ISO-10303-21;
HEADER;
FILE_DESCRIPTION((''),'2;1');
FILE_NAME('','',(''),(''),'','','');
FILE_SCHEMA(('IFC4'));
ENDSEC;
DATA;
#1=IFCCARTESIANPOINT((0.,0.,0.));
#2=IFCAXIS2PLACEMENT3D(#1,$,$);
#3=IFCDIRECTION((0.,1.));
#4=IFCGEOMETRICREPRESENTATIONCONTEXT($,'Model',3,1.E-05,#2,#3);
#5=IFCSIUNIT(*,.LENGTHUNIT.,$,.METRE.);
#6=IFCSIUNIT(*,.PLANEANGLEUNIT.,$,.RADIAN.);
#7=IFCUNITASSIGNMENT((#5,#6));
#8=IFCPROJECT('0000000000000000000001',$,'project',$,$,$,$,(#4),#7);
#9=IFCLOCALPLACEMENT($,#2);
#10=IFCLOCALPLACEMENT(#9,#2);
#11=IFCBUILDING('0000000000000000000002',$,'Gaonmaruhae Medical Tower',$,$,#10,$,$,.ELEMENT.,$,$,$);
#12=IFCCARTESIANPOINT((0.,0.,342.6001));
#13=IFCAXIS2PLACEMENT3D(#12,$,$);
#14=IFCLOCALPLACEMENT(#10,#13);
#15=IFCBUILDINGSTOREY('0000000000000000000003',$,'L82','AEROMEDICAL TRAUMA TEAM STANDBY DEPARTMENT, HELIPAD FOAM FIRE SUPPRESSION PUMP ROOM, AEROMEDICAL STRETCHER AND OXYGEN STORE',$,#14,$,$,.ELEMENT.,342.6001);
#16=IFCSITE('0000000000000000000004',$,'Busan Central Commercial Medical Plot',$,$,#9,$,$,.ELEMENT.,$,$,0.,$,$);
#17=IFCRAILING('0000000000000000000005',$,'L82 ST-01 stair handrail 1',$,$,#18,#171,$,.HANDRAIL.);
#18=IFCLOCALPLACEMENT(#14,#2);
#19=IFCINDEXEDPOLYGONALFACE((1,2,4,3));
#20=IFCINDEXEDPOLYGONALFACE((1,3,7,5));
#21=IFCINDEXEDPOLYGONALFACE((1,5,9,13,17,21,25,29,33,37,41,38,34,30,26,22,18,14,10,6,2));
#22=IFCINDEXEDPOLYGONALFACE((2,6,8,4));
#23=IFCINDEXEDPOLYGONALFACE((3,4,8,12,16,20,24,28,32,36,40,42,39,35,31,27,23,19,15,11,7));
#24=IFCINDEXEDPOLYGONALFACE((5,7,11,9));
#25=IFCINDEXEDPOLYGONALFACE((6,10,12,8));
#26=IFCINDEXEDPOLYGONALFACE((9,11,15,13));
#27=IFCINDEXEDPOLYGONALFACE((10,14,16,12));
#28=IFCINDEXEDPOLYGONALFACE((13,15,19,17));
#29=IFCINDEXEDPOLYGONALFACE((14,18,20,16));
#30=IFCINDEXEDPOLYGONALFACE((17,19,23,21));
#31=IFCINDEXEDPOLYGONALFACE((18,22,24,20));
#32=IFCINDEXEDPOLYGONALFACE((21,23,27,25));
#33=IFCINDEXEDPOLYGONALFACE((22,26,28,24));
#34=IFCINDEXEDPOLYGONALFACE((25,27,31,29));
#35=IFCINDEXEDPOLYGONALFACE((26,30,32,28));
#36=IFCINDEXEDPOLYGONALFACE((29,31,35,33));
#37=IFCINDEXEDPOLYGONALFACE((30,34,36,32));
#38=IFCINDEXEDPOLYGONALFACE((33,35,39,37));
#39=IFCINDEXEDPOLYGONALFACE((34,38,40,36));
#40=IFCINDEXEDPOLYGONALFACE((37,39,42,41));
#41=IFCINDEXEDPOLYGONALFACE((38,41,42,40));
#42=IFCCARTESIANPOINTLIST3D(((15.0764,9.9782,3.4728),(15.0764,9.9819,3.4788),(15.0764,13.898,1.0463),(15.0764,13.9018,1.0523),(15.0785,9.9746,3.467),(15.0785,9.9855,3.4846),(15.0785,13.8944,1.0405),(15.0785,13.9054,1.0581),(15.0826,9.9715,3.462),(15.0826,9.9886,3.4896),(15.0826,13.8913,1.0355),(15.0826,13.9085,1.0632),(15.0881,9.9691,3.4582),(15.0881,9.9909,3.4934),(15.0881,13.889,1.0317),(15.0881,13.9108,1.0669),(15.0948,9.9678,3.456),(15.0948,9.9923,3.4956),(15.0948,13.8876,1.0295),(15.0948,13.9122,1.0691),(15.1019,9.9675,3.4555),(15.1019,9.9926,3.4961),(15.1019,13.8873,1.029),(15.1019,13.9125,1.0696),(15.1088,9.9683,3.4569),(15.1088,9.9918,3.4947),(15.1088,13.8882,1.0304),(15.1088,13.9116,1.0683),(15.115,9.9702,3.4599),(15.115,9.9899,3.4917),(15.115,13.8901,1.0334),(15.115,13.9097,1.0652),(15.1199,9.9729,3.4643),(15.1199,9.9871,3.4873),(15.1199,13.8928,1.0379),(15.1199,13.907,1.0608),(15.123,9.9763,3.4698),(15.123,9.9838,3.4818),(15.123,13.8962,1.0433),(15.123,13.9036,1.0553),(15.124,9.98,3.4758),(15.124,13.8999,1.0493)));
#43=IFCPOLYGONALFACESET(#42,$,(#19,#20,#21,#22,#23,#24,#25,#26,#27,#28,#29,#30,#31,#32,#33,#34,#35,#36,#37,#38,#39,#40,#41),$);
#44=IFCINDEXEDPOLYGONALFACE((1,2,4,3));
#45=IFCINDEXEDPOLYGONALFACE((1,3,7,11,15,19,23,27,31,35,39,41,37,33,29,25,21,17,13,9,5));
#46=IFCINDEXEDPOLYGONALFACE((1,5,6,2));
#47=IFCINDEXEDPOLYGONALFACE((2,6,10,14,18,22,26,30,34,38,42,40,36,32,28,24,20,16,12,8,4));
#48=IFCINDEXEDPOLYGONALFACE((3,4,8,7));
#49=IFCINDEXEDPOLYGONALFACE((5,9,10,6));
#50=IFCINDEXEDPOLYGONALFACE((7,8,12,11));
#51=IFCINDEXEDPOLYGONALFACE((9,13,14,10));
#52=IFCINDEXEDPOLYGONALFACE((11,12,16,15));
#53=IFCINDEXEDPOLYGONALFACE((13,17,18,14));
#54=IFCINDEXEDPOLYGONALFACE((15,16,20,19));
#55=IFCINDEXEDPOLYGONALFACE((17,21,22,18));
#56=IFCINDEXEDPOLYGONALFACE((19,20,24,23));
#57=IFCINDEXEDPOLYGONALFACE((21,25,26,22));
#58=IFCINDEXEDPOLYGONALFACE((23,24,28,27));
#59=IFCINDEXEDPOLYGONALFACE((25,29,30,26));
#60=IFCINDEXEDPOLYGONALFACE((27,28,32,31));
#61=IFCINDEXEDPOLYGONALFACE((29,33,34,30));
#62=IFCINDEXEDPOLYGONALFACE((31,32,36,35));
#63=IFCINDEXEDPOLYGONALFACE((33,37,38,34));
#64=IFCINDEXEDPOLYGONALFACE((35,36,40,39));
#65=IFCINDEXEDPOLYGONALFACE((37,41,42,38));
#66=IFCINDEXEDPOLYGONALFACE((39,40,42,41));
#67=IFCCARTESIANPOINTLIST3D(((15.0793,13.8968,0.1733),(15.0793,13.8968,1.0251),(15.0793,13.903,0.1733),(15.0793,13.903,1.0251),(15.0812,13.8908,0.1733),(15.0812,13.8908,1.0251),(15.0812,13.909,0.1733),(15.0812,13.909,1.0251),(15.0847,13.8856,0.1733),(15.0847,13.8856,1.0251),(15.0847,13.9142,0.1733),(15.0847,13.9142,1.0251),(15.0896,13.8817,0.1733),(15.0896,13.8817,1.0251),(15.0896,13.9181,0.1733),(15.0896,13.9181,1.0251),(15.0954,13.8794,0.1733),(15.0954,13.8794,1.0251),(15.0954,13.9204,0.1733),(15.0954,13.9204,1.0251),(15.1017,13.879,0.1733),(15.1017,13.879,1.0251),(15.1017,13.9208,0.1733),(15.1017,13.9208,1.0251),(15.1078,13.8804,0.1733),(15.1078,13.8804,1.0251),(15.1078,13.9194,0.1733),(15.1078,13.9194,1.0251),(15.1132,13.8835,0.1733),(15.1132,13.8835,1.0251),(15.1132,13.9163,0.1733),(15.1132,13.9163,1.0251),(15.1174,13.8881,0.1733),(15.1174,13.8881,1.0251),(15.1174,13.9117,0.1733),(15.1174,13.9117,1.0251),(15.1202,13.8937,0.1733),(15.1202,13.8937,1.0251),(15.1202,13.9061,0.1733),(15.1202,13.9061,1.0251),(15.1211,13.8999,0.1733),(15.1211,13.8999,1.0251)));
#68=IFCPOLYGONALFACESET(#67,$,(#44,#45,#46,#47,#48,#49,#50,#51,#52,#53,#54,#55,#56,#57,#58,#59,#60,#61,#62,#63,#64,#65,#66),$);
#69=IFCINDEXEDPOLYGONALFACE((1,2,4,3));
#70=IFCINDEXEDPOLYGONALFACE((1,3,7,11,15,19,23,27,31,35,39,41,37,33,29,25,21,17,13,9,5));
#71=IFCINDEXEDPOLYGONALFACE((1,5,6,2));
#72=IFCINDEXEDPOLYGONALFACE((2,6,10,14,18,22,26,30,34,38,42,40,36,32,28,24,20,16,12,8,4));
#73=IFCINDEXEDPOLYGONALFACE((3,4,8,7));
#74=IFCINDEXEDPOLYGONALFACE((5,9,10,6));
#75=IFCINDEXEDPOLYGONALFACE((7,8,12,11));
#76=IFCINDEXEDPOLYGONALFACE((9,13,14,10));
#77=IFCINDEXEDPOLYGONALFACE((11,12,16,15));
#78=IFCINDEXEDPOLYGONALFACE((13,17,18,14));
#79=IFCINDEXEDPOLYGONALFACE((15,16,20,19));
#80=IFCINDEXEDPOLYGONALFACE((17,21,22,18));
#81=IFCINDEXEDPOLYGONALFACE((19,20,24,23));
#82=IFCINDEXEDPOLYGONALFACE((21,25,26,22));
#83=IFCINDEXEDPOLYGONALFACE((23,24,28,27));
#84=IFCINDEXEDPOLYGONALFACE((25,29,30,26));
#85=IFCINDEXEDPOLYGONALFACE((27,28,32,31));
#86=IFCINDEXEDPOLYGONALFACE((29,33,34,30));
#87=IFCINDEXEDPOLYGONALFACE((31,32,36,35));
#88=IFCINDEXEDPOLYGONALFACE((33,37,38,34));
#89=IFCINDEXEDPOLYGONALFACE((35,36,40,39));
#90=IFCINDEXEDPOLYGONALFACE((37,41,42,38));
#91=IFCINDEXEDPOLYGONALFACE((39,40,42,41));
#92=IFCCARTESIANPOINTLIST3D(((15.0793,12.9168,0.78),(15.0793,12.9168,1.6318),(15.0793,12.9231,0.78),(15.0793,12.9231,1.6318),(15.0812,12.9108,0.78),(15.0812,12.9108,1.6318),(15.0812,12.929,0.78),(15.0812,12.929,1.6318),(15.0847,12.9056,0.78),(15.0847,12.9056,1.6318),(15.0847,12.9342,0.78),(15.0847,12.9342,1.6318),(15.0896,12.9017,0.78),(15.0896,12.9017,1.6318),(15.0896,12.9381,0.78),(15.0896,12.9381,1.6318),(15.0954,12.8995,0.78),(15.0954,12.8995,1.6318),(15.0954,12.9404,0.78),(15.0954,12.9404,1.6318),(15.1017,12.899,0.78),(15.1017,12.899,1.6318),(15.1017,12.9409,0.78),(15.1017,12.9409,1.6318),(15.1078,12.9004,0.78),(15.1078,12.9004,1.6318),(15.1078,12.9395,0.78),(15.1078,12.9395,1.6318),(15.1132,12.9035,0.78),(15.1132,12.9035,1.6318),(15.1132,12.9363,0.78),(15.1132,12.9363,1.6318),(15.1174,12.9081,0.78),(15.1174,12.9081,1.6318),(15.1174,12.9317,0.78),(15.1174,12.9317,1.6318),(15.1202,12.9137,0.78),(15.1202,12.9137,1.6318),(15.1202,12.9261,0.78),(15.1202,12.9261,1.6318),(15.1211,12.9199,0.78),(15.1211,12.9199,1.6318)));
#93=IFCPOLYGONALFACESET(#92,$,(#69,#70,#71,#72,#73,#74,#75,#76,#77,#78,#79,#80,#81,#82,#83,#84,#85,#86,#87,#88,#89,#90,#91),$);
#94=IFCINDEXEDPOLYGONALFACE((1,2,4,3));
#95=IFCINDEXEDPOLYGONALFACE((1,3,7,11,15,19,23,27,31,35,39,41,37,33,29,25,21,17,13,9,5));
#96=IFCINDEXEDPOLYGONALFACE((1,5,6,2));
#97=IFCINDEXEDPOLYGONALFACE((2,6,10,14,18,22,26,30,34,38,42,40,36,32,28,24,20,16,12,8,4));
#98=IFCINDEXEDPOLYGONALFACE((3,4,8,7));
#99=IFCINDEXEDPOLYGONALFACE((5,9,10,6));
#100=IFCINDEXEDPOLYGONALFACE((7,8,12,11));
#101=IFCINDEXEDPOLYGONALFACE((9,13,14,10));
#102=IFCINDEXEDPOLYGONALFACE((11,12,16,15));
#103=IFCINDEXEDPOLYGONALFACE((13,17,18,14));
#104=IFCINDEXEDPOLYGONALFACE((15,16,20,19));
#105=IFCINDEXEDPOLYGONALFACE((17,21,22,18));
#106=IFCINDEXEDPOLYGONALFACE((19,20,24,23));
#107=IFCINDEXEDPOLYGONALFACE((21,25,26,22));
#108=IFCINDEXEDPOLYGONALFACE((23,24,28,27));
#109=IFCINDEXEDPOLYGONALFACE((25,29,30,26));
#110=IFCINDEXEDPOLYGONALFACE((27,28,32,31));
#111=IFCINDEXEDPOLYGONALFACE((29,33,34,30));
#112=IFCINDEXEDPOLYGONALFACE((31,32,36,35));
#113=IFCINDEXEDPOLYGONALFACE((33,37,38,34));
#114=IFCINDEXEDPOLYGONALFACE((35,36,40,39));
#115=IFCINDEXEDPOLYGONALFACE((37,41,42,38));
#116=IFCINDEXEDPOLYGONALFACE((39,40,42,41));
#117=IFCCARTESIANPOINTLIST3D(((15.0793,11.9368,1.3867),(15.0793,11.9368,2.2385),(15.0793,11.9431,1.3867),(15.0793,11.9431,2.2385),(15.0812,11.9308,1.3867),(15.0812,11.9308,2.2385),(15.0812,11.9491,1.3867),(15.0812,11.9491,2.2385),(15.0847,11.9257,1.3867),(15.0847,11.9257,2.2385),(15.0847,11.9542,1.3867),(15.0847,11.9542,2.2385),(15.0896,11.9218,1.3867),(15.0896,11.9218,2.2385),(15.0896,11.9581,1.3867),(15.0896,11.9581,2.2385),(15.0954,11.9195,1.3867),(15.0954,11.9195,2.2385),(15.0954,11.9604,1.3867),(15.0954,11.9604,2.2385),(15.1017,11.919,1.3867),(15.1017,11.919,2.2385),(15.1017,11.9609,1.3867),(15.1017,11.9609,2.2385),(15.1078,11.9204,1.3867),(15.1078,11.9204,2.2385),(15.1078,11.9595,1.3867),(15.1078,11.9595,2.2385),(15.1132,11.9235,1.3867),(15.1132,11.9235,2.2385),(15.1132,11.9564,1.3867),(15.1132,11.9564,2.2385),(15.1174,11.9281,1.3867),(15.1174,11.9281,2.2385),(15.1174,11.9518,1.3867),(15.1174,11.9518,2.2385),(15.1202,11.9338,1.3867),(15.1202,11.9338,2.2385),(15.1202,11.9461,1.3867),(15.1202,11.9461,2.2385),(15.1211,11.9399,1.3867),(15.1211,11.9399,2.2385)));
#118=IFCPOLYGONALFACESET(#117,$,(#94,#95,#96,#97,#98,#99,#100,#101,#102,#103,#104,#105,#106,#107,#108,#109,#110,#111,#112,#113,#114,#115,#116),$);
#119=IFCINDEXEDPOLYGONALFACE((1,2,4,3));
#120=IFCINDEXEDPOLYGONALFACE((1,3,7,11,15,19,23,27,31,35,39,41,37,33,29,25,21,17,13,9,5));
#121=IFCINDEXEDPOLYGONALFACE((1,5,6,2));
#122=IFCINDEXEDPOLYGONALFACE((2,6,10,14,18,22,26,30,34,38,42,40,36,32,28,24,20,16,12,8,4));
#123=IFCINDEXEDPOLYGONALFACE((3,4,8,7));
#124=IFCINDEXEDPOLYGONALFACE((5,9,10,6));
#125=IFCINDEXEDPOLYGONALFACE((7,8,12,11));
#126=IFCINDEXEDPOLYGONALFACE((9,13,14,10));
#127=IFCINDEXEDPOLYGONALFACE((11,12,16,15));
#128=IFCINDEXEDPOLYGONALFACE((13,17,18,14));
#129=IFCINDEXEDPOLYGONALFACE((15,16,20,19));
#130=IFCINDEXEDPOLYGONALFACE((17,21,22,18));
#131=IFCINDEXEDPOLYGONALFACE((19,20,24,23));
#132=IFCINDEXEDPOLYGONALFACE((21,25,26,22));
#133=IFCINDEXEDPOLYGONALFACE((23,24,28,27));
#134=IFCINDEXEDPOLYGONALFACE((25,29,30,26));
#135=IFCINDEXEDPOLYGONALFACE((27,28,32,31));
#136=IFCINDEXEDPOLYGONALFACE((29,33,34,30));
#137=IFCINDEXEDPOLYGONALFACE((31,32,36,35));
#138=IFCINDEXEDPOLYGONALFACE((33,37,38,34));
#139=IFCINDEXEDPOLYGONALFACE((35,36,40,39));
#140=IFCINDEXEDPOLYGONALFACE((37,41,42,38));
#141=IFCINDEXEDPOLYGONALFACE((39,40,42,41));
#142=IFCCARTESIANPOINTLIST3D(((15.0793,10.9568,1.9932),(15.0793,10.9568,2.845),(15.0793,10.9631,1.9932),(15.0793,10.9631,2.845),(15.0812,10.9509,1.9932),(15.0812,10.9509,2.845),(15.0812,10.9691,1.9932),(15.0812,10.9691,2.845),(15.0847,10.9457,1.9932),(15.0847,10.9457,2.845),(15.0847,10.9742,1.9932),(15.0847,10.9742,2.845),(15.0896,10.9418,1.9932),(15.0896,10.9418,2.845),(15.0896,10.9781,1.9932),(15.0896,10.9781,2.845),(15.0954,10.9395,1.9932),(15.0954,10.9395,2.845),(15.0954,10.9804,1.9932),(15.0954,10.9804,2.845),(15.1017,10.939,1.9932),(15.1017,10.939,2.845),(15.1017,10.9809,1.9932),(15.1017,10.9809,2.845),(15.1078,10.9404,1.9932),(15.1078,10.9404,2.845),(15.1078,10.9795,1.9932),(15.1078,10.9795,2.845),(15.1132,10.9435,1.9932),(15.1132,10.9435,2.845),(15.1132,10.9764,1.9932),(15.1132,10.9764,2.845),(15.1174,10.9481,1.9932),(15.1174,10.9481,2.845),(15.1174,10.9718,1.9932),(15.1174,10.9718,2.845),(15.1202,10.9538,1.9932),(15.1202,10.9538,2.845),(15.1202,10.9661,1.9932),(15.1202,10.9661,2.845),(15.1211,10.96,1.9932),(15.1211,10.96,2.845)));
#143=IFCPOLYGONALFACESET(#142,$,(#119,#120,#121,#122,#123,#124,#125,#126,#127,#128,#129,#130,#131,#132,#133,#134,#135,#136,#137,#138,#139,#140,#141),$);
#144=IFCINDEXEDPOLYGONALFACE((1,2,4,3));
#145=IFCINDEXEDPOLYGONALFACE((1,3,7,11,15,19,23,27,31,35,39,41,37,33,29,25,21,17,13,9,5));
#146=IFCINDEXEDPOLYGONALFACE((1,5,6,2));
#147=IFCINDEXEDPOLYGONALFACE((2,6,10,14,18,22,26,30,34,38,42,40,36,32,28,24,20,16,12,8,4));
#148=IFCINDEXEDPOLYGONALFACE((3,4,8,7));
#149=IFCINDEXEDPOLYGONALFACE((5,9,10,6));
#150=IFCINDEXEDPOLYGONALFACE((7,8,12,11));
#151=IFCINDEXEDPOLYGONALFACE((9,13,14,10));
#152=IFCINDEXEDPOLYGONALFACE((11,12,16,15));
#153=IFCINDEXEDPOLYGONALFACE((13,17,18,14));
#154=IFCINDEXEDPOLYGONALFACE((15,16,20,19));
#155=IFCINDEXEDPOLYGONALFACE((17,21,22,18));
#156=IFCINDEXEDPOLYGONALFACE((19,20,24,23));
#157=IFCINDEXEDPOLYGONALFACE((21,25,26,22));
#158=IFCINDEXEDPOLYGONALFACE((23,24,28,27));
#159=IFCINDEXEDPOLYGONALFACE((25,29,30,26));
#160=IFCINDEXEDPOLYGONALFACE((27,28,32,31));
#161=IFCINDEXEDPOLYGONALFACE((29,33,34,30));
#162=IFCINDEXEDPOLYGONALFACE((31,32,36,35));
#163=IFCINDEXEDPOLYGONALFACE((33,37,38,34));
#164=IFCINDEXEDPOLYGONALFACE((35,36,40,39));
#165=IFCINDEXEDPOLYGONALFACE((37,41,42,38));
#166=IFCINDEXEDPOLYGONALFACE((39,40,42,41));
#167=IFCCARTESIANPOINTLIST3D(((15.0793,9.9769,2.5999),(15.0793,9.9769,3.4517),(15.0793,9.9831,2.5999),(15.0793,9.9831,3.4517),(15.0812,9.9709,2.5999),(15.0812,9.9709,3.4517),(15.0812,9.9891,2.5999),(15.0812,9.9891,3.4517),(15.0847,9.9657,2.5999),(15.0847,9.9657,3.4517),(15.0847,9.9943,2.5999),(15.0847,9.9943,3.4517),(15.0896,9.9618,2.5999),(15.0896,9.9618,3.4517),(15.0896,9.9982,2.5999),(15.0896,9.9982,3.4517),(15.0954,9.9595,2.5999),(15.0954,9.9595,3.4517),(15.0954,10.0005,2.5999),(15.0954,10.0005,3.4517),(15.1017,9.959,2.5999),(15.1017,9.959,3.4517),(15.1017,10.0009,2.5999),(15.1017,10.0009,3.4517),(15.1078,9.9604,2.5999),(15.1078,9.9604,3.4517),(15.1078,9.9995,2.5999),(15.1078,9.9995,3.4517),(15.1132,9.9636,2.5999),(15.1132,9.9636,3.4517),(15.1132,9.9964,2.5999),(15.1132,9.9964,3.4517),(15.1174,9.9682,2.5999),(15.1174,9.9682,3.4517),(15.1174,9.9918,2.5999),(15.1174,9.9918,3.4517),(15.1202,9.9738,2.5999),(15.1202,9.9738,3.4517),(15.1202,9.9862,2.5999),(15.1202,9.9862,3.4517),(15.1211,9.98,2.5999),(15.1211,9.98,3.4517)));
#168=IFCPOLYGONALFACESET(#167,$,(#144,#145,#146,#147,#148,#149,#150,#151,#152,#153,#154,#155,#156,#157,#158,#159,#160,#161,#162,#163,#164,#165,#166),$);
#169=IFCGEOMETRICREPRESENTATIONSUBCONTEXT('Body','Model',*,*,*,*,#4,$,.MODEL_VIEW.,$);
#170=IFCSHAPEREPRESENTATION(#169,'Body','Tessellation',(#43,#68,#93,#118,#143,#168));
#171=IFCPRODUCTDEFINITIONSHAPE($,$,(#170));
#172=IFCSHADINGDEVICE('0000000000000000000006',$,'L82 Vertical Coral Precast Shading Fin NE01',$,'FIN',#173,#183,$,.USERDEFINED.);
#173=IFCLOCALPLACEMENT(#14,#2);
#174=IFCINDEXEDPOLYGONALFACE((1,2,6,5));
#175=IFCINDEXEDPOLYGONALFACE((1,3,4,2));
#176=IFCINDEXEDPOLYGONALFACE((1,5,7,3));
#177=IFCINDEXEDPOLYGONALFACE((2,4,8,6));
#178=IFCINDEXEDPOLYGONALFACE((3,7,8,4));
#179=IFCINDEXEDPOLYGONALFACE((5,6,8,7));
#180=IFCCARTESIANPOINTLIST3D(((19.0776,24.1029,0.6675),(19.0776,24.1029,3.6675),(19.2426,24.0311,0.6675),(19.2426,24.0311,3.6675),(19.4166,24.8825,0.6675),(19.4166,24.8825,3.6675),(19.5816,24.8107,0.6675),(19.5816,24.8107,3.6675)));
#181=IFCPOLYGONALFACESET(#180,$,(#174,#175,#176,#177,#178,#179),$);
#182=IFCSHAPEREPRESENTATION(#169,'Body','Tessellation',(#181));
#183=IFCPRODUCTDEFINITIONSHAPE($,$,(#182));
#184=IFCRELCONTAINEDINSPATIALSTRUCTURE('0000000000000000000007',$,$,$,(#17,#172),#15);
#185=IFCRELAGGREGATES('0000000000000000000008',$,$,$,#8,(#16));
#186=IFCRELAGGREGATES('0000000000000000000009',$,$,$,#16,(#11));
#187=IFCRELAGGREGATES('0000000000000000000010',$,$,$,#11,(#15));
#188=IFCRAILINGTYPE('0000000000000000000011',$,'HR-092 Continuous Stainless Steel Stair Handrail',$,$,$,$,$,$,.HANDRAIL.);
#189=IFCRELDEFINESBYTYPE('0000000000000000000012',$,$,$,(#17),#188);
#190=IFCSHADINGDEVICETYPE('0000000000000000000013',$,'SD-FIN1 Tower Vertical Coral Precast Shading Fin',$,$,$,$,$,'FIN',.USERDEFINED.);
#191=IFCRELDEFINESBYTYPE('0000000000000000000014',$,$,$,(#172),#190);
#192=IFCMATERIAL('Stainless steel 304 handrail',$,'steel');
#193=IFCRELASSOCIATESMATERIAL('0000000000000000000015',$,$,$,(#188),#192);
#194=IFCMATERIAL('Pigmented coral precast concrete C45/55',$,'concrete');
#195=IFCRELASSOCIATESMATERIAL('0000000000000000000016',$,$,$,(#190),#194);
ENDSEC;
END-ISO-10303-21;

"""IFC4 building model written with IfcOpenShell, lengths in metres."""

from ifc_helpers import new_model, si_unit, direction, frame, origin, origin_2d, place, context, subcontext, project, spatial, rectangle, circle, extrude, material, type_object, element, save


model = new_model("IFC4")

# Units and contexts
model_context = context("Model", 3, precision=1e-05, world=origin(), true_north=direction((0.0, 1.0)))
body_context = subcontext(model_context, "Body", "Model", "MODEL_VIEW")
ifc_project = project(units=[si_unit("LENGTHUNIT", "METRE"), si_unit("PLANEANGLEUNIT", "RADIAN")], contexts=[model_context])

# Site, building, storey
site_placement = place(None, origin())
site = spatial("IfcSite", under=ifc_project, at=site_placement, Name="Busan Central Commercial Medical Plot", CompositionType="ELEMENT", RefElevation=0.0)
building_placement = place(site_placement, origin())
building = spatial("IfcBuilding", under=site, at=building_placement, Name="Gaonmaruhae Medical Tower", CompositionType="ELEMENT")
storey_placement = place(building_placement, frame((0.0, 0.0, 342.6001)))
storey = spatial("IfcBuildingStorey", under=building, at=storey_placement, Name="L82", Description="AEROMEDICAL TRAUMA TEAM STANDBY DEPARTMENT, HELIPAD FOAM FIRE SUPPRESSION PUMP ROOM, AEROMEDICAL STRETCHER AND OXYGEN STORE", CompositionType="ELEMENT", Elevation=342.6001)

# Railing
ifc_material_1 = material(Name="Stainless steel 304 handrail", Category="steel")
railing_type_1 = type_object("IfcRailingType", Name="HR-092 Continuous Stainless Steel Stair Handrail", PredefinedType="HANDRAIL", material=ifc_material_1)
railing_1_placement = place(storey_placement, frame((15.1001, 13.8999, 0.1733)))
element("IfcRailing", 1, at=railing_1_placement, inside=storey, type_object=railing_type_1, Name="L82 ST-01 stair handrail 1", PredefinedType="HANDRAIL", context=body_context, shape_type="SweptSolid", body=[
    extrude(circle(Radius=0.0239, at=origin_2d()), frame((0.0, 0.0, 0.876), z_axis=(0.0, -0.850275, 0.526338), x_axis=(1.0, 0.0, 0.0)), (0.0, 0.0, 1.0), 4.6101),
    extrude(circle(Radius=0.021, at=origin_2d()), origin(), (0.0, 0.0, 1.0), 0.8518),
    extrude(circle(Radius=0.021, at=origin_2d()), frame((0.0, -0.98, 0.6067)), (0.0, 0.0, 1.0), 0.8518),
    extrude(circle(Radius=0.021, at=origin_2d()), frame((0.0, -1.96, 1.2134)), (0.0, 0.0, 1.0), 0.8518),
    extrude(circle(Radius=0.021, at=origin_2d()), frame((0.0, -2.9399, 1.8198)), (0.0, 0.0, 1.0), 0.8518),
    extrude(circle(Radius=0.021, at=origin_2d()), frame((0.0, -3.9199, 2.4265)), (0.0, 0.0, 1.0), 0.8518),
])

# Shading device
ifc_material_2 = material(Name="Pigmented coral precast concrete C45/55", Category="concrete")
shading_device_type = type_object("IfcShadingDeviceType", Name="SD-FIN1 Tower Vertical Coral Precast Shading Fin", ElementType="FIN", PredefinedType="USERDEFINED", material=ifc_material_2)
shading_device_placement = place(storey_placement, frame((19.3296, 24.4568, 0.6675), z_axis=(0.0, 0.0, 1.0), x_axis=(0.917067, -0.398733, 0.0)))
element("IfcShadingDevice", 2, at=shading_device_placement, inside=storey, type_object=shading_device_type, Name="L82 Vertical Coral Precast Shading Fin NE01", ObjectType="FIN", PredefinedType="USERDEFINED", context=body_context, shape_type="SweptSolid", body=[
    extrude(rectangle(XDim=0.1799, YDim=0.8501, at=origin_2d()), origin(), (0.0, 0.0, 1.0), 3.0),
])

save(model, "model.ifc")
